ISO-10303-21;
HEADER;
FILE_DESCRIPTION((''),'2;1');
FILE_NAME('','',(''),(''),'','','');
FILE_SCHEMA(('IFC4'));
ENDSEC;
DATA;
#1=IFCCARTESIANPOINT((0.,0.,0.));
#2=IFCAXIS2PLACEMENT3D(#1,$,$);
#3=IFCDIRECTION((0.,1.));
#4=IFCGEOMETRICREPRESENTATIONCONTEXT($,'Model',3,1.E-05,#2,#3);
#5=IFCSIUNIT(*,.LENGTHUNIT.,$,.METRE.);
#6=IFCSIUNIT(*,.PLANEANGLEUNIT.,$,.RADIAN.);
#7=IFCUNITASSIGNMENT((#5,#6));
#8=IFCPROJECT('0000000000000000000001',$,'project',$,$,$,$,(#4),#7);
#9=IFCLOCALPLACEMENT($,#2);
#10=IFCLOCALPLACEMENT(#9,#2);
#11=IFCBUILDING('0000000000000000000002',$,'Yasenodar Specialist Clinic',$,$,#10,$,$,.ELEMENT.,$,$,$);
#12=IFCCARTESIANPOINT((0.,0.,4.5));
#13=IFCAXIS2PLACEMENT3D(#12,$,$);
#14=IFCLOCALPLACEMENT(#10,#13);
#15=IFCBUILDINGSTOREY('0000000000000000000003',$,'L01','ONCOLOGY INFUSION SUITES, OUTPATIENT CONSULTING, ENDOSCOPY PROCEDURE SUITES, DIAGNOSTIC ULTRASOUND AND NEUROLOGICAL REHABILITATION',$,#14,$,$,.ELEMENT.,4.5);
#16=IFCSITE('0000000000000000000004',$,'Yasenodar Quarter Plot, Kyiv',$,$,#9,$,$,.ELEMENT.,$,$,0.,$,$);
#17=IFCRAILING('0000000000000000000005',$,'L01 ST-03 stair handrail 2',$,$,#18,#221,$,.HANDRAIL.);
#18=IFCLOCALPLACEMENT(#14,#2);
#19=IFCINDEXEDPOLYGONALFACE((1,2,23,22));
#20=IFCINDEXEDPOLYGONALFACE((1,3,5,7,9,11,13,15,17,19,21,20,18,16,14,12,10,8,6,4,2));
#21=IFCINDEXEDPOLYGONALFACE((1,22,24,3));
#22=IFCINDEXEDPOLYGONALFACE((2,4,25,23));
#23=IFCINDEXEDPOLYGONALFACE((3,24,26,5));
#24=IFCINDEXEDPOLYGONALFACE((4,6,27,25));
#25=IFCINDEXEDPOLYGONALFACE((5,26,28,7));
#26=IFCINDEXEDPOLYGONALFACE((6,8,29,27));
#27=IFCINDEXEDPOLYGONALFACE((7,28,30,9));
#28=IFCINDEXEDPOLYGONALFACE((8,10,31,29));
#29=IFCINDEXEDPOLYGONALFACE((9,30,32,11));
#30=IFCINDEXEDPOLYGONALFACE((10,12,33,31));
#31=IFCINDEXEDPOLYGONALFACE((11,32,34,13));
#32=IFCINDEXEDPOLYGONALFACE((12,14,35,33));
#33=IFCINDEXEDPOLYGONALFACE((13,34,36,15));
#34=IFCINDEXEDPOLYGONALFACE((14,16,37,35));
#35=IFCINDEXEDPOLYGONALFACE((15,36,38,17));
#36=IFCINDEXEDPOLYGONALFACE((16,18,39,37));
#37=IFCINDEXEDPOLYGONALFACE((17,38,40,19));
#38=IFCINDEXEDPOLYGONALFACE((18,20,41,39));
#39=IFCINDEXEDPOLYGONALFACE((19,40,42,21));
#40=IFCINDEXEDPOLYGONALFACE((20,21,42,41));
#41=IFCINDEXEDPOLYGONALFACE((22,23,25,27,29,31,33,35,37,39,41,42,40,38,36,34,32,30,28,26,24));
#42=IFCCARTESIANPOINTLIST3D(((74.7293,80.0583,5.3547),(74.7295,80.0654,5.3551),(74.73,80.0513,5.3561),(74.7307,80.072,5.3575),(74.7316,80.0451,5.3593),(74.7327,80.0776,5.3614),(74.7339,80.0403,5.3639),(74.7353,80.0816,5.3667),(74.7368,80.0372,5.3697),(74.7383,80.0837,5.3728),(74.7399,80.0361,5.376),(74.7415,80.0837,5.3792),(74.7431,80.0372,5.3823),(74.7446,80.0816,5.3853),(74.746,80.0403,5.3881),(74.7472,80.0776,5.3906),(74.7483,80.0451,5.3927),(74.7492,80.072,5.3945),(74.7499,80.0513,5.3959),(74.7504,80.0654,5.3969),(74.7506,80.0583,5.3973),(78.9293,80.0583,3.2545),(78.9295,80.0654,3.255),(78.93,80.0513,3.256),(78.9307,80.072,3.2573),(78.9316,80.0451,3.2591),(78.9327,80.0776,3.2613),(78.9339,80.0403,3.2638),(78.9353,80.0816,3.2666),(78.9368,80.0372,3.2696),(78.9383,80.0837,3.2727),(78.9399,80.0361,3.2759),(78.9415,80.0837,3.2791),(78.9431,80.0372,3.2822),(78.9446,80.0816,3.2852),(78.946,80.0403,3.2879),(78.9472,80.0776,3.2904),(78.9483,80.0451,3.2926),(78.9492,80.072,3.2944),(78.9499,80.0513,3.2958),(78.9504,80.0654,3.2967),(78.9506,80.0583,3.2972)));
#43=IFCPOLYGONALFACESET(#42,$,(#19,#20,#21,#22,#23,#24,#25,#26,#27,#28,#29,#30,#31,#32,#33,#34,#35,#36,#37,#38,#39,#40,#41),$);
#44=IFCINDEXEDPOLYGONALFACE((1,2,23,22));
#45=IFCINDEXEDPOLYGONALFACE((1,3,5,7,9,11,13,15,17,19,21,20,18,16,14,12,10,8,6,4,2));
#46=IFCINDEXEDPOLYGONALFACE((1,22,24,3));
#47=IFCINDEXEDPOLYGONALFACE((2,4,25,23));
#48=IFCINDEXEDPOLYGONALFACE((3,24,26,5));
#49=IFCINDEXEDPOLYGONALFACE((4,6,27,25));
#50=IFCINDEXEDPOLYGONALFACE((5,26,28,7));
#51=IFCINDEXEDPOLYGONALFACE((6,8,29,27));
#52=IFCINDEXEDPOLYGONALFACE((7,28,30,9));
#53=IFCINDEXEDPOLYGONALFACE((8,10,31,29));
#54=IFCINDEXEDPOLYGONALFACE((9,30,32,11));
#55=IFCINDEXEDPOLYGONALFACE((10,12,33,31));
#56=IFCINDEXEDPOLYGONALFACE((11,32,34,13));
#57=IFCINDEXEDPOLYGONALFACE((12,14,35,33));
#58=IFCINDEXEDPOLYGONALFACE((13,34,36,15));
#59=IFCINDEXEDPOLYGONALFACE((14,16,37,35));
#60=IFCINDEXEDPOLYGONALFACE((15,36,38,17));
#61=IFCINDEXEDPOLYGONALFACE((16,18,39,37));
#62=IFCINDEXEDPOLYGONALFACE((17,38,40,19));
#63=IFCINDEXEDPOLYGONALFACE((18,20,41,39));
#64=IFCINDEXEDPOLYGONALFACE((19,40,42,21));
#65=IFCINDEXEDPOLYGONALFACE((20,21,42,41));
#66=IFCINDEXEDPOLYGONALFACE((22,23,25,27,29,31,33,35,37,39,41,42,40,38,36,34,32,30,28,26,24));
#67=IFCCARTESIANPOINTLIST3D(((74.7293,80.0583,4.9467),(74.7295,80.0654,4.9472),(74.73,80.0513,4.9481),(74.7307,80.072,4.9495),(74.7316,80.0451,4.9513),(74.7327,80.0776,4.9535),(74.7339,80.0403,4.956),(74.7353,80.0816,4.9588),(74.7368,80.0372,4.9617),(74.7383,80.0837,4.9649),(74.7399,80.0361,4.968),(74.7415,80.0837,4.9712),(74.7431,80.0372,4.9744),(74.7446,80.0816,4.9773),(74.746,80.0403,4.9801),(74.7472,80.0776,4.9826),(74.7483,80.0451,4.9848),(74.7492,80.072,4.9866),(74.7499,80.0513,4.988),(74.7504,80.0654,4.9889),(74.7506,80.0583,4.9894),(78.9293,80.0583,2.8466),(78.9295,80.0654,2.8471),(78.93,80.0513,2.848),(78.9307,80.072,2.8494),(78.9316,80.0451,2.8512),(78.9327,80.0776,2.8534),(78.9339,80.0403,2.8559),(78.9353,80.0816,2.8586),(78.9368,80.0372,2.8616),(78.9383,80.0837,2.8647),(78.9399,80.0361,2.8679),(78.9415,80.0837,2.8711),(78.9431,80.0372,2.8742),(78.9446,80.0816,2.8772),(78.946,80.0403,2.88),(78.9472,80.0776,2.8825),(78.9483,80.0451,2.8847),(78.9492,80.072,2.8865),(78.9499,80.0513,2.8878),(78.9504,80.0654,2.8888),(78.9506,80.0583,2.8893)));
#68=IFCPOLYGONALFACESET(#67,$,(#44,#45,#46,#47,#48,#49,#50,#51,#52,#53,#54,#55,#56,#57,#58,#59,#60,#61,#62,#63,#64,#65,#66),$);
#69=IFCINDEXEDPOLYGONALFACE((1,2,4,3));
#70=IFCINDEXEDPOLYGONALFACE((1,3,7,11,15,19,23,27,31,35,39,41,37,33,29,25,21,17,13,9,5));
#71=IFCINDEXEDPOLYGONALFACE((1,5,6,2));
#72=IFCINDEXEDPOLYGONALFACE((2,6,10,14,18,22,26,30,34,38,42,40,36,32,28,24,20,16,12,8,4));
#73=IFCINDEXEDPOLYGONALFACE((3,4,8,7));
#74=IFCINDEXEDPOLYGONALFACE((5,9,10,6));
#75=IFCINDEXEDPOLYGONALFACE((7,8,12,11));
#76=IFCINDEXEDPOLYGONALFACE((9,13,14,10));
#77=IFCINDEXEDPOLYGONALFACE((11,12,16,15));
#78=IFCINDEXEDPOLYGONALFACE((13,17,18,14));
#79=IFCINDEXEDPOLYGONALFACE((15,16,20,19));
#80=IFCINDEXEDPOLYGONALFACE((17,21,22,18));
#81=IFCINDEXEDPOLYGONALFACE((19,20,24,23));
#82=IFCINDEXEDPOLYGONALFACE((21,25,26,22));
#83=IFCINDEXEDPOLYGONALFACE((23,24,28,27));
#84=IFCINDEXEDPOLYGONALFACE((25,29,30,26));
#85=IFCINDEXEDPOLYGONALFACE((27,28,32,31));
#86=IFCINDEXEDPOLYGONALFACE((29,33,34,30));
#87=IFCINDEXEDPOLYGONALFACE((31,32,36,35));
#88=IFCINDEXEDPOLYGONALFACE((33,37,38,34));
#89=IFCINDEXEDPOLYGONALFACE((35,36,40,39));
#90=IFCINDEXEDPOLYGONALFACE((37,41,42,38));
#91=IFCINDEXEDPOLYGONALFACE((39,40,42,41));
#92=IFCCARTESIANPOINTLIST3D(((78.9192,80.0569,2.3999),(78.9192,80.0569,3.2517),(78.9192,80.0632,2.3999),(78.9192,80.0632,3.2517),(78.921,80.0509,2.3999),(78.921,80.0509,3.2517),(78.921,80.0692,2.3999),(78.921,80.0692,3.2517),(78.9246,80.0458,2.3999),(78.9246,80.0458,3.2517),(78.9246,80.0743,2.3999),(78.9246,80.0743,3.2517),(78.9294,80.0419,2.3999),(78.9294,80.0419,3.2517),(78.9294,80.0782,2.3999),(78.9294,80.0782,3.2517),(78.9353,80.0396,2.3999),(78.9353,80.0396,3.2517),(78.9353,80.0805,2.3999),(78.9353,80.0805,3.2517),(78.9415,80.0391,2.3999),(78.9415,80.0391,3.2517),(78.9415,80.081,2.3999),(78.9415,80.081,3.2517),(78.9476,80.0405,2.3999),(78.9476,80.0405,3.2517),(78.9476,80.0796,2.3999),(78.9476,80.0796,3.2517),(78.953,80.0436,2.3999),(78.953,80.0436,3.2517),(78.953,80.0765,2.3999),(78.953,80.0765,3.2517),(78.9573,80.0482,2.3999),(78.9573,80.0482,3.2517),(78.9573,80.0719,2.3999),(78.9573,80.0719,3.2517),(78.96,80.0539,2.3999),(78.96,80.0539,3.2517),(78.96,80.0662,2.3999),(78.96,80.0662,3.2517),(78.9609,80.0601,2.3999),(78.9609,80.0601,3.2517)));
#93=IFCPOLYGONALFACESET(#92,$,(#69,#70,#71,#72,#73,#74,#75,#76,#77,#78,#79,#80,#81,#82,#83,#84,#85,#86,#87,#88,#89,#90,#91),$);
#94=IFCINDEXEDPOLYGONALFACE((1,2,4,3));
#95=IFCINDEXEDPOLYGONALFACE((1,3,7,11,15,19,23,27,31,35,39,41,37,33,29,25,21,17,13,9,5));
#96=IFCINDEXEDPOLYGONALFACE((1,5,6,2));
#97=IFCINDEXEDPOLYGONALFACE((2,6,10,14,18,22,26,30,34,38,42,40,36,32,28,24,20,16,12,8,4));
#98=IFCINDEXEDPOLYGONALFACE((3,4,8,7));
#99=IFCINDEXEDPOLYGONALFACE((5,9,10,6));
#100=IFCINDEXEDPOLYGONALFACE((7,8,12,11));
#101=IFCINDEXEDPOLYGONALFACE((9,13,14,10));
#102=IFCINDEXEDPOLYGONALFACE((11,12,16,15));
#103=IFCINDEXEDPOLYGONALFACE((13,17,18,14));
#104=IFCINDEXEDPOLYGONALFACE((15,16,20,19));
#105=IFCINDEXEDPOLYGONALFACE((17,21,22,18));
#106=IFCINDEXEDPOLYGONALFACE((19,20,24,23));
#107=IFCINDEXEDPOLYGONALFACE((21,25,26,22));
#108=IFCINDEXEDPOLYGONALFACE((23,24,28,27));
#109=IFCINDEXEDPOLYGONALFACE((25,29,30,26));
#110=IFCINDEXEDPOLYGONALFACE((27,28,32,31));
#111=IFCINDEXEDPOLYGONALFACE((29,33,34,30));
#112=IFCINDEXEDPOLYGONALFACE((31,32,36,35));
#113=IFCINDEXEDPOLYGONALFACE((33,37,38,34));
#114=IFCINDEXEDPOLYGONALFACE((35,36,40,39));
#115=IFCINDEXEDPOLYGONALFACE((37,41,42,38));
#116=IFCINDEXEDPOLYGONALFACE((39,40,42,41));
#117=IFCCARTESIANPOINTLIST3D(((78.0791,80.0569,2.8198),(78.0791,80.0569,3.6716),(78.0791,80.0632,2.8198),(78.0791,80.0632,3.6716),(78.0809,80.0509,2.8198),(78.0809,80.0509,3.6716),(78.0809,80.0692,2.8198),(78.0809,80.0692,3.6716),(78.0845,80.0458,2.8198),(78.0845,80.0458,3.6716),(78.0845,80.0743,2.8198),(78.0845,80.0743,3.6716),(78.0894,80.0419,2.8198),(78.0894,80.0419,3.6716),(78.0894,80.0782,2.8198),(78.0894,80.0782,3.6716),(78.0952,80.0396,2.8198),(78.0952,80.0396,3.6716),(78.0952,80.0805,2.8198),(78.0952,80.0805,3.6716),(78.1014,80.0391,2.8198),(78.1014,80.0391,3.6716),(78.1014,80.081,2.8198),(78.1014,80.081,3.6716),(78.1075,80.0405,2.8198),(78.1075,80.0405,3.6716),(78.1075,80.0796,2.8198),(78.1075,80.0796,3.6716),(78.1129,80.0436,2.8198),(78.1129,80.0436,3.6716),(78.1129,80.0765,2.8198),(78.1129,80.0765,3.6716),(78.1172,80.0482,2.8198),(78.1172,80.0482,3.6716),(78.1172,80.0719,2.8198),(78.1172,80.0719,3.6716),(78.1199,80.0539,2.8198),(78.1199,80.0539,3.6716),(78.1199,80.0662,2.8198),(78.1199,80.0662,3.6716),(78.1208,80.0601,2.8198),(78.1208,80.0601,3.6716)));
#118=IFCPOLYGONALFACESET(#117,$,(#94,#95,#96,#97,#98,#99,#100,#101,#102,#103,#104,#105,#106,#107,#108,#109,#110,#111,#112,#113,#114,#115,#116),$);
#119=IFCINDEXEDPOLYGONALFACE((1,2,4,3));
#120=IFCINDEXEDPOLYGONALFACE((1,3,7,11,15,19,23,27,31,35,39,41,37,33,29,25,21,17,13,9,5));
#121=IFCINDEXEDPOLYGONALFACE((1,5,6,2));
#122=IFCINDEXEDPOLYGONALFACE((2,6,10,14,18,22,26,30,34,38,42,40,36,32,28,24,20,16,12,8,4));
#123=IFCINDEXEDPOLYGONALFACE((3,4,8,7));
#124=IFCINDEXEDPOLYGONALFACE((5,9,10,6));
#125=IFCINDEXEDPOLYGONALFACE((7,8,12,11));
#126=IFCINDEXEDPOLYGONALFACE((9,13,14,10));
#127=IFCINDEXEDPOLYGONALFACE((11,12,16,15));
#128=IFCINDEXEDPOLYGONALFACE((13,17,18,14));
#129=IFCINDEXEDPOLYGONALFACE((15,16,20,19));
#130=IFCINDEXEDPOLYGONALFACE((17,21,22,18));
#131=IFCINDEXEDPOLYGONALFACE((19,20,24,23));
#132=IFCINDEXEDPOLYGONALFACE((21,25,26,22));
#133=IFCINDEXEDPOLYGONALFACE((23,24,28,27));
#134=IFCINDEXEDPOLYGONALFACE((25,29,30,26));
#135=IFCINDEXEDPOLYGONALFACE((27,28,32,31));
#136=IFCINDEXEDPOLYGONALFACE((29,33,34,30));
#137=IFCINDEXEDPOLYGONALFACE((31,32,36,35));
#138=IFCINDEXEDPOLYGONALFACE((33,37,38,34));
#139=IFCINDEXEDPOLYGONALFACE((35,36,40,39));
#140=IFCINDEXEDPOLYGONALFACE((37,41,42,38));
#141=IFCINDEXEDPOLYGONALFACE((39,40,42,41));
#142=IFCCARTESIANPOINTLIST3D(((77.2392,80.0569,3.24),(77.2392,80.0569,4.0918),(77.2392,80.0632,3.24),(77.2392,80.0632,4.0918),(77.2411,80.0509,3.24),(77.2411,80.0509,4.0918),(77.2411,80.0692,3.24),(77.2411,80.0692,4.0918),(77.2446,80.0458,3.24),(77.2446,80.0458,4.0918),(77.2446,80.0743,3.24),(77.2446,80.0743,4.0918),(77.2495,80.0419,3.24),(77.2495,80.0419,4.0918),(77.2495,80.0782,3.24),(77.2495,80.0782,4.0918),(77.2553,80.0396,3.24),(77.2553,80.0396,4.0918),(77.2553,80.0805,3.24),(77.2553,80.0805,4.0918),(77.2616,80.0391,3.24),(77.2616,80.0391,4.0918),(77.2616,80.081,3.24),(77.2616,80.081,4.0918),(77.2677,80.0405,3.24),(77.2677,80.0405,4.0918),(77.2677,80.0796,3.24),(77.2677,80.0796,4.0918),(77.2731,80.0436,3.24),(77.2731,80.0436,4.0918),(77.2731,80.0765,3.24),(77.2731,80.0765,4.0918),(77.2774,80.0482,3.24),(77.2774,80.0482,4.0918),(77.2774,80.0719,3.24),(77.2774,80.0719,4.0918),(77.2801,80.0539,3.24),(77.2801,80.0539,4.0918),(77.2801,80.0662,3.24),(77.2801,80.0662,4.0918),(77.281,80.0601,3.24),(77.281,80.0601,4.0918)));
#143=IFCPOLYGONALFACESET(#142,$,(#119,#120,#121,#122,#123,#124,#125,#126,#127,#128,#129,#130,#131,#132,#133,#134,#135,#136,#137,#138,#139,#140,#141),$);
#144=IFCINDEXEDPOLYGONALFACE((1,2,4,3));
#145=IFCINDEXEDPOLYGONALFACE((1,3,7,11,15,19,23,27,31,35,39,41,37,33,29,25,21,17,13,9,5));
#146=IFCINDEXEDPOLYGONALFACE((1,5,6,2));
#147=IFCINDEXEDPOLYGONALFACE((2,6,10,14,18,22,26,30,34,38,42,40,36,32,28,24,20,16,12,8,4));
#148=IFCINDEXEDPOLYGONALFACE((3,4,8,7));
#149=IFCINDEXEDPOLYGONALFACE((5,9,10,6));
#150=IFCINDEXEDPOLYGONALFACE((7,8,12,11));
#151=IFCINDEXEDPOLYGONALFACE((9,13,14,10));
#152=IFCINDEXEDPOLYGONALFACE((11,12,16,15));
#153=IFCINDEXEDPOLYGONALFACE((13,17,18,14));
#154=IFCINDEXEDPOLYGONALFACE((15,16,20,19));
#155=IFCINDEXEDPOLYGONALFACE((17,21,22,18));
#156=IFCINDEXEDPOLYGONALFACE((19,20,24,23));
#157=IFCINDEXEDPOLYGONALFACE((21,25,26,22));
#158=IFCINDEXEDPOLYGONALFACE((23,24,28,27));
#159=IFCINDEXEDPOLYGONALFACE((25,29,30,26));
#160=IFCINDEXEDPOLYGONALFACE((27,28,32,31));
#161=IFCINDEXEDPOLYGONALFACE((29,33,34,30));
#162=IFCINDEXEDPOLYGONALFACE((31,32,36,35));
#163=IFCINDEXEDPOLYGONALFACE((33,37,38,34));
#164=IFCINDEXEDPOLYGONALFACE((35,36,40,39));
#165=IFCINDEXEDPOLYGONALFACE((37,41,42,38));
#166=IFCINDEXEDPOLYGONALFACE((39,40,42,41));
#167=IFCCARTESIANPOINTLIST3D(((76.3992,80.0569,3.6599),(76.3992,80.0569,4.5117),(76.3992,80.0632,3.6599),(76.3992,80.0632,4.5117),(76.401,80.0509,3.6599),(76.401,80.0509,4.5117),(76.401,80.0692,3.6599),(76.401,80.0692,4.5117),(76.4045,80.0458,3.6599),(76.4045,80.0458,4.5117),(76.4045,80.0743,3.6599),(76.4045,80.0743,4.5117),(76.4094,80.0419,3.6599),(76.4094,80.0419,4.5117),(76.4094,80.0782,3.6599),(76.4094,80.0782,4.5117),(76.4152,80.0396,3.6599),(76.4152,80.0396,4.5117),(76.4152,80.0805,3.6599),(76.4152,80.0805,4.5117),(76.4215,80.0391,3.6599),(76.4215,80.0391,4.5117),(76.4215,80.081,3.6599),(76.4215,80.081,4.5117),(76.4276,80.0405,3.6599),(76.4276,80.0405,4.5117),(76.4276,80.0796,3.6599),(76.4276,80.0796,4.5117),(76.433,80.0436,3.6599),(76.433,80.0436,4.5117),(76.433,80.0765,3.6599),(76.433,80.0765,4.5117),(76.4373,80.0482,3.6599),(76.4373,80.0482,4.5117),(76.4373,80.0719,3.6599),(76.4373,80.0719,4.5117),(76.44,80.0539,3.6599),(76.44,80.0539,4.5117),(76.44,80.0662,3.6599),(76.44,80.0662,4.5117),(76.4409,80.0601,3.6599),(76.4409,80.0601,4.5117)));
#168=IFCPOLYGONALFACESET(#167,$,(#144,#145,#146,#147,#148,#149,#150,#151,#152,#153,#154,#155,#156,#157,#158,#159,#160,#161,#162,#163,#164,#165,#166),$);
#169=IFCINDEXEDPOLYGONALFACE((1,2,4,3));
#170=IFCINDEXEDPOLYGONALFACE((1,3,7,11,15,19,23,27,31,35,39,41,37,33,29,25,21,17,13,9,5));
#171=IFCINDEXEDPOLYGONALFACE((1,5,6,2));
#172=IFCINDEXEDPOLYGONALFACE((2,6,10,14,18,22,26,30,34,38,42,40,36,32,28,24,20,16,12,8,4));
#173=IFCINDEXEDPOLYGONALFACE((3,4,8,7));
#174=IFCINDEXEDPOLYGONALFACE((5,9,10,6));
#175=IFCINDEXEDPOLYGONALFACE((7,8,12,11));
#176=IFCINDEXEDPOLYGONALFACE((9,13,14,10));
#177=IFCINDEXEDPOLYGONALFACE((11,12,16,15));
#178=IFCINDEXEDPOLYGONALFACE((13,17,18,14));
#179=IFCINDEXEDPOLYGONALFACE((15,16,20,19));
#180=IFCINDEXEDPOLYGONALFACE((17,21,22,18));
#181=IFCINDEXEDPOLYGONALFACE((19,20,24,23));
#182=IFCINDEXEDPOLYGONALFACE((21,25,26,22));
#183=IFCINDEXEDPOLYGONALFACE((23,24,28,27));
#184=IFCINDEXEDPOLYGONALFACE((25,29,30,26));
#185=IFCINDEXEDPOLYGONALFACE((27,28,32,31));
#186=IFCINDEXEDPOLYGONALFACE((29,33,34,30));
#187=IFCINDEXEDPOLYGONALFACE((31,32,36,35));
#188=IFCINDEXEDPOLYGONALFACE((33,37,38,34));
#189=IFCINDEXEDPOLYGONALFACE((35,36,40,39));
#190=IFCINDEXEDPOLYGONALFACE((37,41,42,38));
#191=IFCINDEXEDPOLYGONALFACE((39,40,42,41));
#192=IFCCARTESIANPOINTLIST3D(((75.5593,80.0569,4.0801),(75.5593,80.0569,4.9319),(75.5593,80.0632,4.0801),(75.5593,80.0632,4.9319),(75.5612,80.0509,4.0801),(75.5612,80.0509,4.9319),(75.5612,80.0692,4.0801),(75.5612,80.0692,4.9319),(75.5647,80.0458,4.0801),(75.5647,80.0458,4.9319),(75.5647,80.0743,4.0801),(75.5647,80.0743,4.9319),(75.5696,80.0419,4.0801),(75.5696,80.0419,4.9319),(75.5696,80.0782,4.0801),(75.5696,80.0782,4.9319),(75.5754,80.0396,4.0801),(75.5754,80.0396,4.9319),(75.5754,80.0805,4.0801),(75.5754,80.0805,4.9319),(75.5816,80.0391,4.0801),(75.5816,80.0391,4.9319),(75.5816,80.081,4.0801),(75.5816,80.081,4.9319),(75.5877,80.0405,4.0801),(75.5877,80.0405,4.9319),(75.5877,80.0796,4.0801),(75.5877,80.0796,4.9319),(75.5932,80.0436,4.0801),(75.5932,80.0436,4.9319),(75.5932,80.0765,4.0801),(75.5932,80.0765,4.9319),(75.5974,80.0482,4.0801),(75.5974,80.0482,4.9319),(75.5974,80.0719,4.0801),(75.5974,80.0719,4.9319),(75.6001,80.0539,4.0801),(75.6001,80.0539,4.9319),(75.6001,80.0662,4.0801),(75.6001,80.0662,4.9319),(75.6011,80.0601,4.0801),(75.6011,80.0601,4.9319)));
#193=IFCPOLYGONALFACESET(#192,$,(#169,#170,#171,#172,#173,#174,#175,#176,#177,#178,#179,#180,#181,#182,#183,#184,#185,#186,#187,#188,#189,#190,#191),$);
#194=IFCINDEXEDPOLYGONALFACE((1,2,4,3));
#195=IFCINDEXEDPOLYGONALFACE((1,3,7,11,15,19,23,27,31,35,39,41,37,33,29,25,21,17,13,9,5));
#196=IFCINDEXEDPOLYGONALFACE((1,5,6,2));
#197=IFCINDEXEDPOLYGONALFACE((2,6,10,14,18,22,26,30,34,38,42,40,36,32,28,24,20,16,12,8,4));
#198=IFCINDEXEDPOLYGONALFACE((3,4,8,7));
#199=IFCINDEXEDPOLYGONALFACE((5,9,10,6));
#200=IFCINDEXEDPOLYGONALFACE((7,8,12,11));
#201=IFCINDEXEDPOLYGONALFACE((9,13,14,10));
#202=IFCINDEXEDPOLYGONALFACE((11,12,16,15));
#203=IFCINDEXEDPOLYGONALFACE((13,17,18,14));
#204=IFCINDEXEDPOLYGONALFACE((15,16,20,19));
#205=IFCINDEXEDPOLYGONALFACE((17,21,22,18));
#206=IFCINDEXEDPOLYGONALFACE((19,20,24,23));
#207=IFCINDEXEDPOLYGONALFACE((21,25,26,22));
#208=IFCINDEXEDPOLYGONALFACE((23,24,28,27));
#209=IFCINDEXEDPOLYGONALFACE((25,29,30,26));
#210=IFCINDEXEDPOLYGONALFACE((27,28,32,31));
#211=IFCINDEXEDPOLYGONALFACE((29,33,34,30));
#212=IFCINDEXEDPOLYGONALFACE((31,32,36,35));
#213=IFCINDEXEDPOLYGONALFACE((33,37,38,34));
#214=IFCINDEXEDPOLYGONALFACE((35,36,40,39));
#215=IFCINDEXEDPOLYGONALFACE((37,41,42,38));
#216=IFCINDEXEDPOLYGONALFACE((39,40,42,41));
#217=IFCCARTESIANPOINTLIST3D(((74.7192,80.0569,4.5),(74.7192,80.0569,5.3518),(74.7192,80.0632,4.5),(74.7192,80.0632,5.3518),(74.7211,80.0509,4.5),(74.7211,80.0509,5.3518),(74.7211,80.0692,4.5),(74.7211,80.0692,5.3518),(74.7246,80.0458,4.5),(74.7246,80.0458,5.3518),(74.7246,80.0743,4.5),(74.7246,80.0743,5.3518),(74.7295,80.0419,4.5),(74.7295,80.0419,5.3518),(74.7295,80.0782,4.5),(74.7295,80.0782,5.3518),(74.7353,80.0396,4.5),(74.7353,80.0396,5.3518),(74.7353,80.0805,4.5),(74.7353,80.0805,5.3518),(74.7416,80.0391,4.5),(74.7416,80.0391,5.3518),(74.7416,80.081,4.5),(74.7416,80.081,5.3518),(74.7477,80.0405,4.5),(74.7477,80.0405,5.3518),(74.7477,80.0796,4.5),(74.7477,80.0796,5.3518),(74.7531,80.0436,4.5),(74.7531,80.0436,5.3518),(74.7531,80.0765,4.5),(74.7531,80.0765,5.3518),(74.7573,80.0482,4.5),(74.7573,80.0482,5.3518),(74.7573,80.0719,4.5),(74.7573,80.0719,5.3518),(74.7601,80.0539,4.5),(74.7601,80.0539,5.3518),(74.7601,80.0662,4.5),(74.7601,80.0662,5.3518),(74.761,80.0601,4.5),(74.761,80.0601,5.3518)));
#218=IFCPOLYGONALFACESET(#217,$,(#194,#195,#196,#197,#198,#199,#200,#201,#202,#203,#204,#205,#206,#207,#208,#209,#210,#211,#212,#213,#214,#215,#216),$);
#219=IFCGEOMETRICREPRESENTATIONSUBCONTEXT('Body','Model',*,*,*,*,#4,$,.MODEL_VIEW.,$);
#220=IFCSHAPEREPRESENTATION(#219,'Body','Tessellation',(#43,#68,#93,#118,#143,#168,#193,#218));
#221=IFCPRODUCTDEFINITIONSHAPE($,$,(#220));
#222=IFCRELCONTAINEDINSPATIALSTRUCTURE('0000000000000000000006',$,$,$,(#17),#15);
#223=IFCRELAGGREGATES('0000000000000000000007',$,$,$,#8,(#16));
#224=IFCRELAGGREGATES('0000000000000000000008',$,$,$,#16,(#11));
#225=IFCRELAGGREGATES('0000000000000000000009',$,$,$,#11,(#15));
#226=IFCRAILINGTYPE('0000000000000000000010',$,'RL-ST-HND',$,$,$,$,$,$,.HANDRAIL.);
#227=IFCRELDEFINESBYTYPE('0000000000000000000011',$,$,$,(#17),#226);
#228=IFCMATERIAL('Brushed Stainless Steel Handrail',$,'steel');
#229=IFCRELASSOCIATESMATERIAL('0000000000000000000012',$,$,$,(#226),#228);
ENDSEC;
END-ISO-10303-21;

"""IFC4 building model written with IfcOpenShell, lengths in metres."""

from ifc_helpers import new_model, si_unit, direction, frame, origin, origin_2d, place, context, subcontext, project, spatial, circle, extrude, material, type_object, element, save


model = new_model("IFC4")

# Units and contexts
model_context = context("Model", 3, precision=1e-05, world=origin(), true_north=direction((0.0, 1.0)))
body_context = subcontext(model_context, "Body", "Model", "MODEL_VIEW")
ifc_project = project(units=[si_unit("LENGTHUNIT", "METRE"), si_unit("PLANEANGLEUNIT", "RADIAN")], contexts=[model_context])

# Site, building, storey
site_placement = place(None, origin())
site = spatial("IfcSite", under=ifc_project, at=site_placement, Name="Yasenodar Quarter Plot, Kyiv", CompositionType="ELEMENT", RefElevation=0.0)
building_placement = place(site_placement, origin())
building = spatial("IfcBuilding", under=site, at=building_placement, Name="Yasenodar Specialist Clinic", CompositionType="ELEMENT")
storey_placement = place(building_placement, frame((0.0, 0.0, 4.5)))
storey = spatial("IfcBuildingStorey", under=building, at=storey_placement, Name="L01", Description="ONCOLOGY INFUSION SUITES, OUTPATIENT CONSULTING, ENDOSCOPY PROCEDURE SUITES, DIAGNOSTIC ULTRASOUND AND NEUROLOGICAL REHABILITATION", CompositionType="ELEMENT", Elevation=4.5)

# Railing
ifc_material_1 = material(Name="Brushed Stainless Steel Handrail", Category="steel")
railing_type = type_object("IfcRailingType", Name="RL-ST-HND", PredefinedType="HANDRAIL", material=ifc_material_1)
railing_placement = place(storey_placement, frame((78.9399, 80.0601, 2.3999)))
element("IfcRailing", 1, at=railing_placement, inside=storey, type_object=railing_type, Name="L01 ST-03 stair handrail 2", PredefinedType="HANDRAIL", context=body_context, shape_type="SweptSolid", body=[
    extrude(circle(Radius=0.0239, at=origin_2d()), frame((0.0, 0.0, 0.876), z_axis=(-0.894417, 0.0, 0.447234), x_axis=(0.0, -1.0, 0.0)), (0.0, 0.0, 1.0), 4.6958),
    extrude(circle(Radius=0.0239, at=origin_2d()), frame((0.0, 0.0, 0.468), z_axis=(-0.894417, 0.0, 0.447234), x_axis=(0.0, -1.0, 0.0)), (0.0, 0.0, 1.0), 4.6958),
    extrude(circle(Radius=0.021, at=origin_2d()), origin(), (0.0, 0.0, 1.0), 0.8518),
    extrude(circle(Radius=0.021, at=origin_2d()), frame((-0.8401, 0.0, 0.4199)), (0.0, 0.0, 1.0), 0.8518),
    extrude(circle(Radius=0.021, at=origin_2d()), frame((-1.6799, 0.0, 0.8401)), (0.0, 0.0, 1.0), 0.8518),
    extrude(circle(Radius=0.021, at=origin_2d()), frame((-2.52, 0.0, 1.26)), (0.0, 0.0, 1.0), 0.8518),
    extrude(circle(Radius=0.021, at=origin_2d()), frame((-3.3599, 0.0, 1.6802)), (0.0, 0.0, 1.0), 0.8518),
    extrude(circle(Radius=0.021, at=origin_2d()), frame((-4.2, 0.0, 2.1001)), (0.0, 0.0, 1.0), 0.8518),
])

save(model, "model.ifc")
